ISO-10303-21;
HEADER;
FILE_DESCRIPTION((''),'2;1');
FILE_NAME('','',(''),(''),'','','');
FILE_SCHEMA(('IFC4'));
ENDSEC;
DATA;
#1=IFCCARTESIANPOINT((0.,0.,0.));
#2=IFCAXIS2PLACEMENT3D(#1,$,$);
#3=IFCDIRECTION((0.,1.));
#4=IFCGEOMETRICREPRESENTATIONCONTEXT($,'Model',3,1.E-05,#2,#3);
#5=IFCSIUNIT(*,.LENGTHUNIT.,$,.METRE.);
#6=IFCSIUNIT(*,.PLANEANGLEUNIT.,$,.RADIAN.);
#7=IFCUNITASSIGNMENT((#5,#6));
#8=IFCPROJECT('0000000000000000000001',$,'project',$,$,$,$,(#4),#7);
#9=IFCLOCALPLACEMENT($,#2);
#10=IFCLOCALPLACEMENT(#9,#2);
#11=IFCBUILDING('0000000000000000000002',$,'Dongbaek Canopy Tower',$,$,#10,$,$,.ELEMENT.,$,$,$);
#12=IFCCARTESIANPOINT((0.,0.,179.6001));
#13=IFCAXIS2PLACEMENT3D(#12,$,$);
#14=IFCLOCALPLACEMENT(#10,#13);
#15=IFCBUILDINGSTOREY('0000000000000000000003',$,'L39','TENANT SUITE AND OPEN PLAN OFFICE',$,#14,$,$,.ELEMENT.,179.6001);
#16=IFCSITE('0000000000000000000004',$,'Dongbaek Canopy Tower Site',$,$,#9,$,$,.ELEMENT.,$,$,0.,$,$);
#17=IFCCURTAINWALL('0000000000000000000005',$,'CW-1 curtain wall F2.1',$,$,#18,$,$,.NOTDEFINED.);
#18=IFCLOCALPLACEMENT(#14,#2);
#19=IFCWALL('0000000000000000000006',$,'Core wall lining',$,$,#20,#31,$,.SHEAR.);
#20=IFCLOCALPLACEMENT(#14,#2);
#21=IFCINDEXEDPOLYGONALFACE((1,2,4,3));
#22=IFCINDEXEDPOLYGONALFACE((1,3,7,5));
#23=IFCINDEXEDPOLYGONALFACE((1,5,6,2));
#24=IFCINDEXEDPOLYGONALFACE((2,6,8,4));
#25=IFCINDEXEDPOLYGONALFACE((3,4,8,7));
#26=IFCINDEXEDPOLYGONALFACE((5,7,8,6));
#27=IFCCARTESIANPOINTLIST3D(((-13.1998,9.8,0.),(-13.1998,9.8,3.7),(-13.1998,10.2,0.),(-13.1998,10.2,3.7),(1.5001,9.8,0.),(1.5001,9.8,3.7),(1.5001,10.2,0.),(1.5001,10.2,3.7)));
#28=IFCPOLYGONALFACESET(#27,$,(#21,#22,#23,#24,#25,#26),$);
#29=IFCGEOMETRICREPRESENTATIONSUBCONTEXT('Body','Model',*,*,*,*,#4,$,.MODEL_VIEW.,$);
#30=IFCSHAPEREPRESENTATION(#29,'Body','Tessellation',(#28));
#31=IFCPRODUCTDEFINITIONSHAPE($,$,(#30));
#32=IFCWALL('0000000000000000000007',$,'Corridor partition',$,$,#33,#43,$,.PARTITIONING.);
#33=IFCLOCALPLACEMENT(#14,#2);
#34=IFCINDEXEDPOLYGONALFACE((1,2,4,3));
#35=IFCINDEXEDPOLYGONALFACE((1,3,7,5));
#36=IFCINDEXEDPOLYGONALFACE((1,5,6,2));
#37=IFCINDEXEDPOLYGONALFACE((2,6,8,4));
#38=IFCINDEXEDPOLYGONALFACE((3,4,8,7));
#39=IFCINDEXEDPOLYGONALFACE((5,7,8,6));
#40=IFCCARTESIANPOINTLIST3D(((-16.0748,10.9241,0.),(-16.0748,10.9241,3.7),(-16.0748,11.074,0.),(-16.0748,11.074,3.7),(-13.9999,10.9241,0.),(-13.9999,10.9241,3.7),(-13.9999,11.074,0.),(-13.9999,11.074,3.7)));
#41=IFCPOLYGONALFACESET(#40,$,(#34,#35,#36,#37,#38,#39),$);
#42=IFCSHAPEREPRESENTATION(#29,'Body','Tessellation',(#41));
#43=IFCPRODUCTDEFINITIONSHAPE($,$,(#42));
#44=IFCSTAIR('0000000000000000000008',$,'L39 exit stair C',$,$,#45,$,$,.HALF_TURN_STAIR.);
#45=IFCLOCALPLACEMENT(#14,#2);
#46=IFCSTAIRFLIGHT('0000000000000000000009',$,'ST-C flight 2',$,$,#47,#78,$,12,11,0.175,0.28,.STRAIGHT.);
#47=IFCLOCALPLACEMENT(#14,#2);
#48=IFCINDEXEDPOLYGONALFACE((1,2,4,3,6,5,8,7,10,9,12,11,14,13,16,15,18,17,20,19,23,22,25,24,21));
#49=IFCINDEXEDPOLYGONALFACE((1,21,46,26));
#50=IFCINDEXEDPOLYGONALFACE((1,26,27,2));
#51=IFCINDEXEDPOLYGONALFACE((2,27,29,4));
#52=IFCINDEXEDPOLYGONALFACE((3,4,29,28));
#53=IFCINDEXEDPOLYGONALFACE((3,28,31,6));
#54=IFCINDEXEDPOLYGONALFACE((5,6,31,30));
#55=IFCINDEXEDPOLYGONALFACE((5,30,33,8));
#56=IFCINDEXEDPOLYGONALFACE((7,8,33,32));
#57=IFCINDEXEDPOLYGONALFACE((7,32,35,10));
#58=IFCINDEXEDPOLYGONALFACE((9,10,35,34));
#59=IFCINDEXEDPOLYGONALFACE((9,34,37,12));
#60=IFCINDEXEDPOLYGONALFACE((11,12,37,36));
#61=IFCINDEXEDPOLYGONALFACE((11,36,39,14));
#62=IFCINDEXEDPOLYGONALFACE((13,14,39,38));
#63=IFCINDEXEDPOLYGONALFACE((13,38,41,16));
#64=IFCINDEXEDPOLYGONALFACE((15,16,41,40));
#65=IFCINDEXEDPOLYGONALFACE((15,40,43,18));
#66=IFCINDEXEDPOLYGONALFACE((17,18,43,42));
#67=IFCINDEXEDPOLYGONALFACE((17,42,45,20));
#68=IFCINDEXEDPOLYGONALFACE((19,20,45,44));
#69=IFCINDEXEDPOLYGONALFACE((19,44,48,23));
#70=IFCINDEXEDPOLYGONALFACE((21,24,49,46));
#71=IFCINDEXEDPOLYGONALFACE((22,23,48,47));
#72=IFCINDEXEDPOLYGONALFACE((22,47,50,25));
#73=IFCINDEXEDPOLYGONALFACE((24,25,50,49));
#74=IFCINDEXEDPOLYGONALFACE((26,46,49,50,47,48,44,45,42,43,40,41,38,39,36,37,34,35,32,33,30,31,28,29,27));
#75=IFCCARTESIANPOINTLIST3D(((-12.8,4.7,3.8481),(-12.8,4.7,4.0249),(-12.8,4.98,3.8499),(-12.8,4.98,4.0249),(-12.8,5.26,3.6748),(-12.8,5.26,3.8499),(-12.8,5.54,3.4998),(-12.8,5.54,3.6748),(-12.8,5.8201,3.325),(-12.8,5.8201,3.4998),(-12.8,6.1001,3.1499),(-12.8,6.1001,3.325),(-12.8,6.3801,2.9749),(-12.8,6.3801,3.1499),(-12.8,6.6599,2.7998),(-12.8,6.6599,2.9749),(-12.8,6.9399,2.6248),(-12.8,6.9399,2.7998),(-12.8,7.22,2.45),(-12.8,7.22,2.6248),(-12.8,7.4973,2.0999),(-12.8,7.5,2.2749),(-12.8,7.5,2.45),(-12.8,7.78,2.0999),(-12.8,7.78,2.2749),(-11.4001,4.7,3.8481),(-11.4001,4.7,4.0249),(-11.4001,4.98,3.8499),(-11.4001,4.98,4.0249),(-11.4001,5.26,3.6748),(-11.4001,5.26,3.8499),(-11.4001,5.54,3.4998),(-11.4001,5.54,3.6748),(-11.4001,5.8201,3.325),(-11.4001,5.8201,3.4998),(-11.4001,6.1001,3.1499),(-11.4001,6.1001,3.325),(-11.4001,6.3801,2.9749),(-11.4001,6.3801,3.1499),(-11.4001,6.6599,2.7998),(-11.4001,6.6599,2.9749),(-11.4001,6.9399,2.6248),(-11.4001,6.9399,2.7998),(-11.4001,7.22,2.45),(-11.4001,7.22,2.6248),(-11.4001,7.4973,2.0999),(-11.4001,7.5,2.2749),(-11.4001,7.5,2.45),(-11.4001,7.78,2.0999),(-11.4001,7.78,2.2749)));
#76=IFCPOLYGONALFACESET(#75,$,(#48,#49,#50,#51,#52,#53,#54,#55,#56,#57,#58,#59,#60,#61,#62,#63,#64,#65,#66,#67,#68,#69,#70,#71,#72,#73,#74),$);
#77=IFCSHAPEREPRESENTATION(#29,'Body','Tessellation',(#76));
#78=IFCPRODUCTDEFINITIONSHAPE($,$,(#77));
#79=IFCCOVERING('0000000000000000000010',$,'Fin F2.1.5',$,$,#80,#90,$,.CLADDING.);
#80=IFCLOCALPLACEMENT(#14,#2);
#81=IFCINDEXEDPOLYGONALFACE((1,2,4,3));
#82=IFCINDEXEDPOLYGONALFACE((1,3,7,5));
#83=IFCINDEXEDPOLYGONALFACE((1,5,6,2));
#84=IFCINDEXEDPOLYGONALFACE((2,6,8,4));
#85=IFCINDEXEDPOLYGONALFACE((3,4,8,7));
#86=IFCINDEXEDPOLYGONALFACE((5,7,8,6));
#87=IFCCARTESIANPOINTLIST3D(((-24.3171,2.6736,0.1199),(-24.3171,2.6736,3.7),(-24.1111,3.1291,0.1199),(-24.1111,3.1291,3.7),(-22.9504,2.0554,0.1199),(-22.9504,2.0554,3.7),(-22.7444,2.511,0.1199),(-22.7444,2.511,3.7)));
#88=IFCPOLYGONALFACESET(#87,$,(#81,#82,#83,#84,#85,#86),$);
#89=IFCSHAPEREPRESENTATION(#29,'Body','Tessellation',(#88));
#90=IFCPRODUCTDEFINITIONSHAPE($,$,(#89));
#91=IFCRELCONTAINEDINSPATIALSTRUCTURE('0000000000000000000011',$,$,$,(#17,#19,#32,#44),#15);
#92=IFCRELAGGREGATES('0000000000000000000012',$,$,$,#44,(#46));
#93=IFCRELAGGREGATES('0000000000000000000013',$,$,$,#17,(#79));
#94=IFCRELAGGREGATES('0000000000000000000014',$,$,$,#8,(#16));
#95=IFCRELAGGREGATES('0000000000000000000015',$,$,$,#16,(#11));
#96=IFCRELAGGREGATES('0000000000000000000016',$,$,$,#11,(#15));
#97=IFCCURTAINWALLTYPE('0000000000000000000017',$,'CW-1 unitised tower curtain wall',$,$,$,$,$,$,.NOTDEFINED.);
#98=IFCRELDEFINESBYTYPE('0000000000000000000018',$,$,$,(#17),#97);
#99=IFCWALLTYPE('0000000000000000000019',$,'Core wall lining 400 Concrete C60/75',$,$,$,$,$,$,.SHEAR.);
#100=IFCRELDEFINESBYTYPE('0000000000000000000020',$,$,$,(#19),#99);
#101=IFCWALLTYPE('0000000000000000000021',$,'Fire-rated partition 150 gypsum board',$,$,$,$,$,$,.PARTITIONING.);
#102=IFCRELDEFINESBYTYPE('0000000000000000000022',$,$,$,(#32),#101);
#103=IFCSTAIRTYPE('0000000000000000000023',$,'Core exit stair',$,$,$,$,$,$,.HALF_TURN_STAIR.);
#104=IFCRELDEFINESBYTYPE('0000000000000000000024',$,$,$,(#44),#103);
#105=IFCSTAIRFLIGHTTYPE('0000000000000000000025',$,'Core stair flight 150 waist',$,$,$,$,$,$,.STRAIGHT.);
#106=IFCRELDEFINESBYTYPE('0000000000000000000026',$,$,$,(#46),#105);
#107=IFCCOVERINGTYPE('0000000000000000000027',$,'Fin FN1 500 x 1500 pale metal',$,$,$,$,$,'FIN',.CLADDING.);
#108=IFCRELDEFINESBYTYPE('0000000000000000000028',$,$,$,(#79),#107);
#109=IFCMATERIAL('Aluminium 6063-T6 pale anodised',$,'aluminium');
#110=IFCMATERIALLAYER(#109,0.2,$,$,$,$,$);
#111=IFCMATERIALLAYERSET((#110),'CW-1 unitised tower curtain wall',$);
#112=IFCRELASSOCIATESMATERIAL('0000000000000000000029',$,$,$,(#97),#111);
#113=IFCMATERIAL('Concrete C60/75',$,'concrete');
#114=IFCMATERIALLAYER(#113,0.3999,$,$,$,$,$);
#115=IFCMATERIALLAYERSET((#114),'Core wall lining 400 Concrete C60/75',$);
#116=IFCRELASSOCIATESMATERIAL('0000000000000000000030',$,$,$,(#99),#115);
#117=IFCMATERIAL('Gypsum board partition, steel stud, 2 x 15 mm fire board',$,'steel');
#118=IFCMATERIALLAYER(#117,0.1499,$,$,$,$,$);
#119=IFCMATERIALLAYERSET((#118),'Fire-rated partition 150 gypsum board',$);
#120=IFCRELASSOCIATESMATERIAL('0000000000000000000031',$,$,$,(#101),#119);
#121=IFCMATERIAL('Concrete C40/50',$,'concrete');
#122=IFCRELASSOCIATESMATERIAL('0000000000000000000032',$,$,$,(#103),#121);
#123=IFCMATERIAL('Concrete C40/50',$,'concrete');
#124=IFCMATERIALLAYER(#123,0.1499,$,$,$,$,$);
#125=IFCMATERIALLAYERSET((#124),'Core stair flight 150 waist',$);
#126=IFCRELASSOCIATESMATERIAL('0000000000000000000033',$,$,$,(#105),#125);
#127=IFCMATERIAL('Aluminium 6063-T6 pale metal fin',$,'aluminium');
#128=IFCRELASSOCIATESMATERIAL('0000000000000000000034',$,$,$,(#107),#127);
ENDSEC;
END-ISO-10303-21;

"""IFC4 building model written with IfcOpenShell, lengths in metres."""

from ifc_helpers import new_model, si_unit, direction, frame, frame_2d, origin, origin_2d, place, context, subcontext, project, spatial, polyline, rectangle, outline, extrude, material, layer, layer_set, material_profile, profile_set, type_object, element, aggregate, save


model = new_model("IFC4")

# Units and contexts
model_context = context("Model", 3, precision=1e-05, world=origin(), true_north=direction((0.0, 1.0)))
body_context = subcontext(model_context, "Body", "Model", "MODEL_VIEW")
ifc_project = project(units=[si_unit("LENGTHUNIT", "METRE"), si_unit("PLANEANGLEUNIT", "RADIAN")], contexts=[model_context])

# Site, building, storey
site_placement = place(None, origin())
site = spatial("IfcSite", under=ifc_project, at=site_placement, Name="Dongbaek Canopy Tower Site", CompositionType="ELEMENT", RefElevation=0.0)
building_placement = place(site_placement, origin())
building = spatial("IfcBuilding", under=site, at=building_placement, Name="Dongbaek Canopy Tower", CompositionType="ELEMENT")
storey_placement = place(building_placement, frame((0.0, 0.0, 179.6001)))
storey = spatial("IfcBuildingStorey", under=building, at=storey_placement, Name="L39", Description="TENANT SUITE AND OPEN PLAN OFFICE", CompositionType="ELEMENT", Elevation=179.6001)

# Curtain wall
ifc_material_1 = material(Name="Aluminium 6063-T6 pale anodised", Category="aluminium")
ifc_layer_1 = layer(ifc_material_1, 0.2)
ifc_layer_set_1 = layer_set([ifc_layer_1], Name="CW-1 unitised tower curtain wall")
curtain_wall_type = type_object("IfcCurtainWallType", Name="CW-1 unitised tower curtain wall", PredefinedType="NOTDEFINED", material=ifc_layer_set_1)
curtain_wall_placement = place(storey_placement, origin())
curtain_wall = element("IfcCurtainWall", 1, at=curtain_wall_placement, inside=storey, type_object=curtain_wall_type, Name="CW-1 curtain wall F2.1", PredefinedType="NOTDEFINED")

# Walls
ifc_material_2 = material(Name="Concrete C60/75", Category="concrete")
ifc_layer_2 = layer(ifc_material_2, 0.3999)
ifc_layer_set_2 = layer_set([ifc_layer_2], Name="Core wall lining 400 Concrete C60/75")
wall_type_1 = type_object("IfcWallType", Name="Core wall lining 400 Concrete C60/75", PredefinedType="SHEAR", material=ifc_layer_set_2)
wall_1_placement = place(storey_placement, frame((-13.2, 10.0, 0.0), z_axis=(0.0, 0.0, 1.0), x_axis=(1.0, 0.0, 0.0)))
element("IfcWall", 2, at=wall_1_placement, inside=storey, type_object=wall_type_1, Name="Core wall lining", PredefinedType="SHEAR", context=body_context, shape_type="SweptSolid", body=[
    extrude(rectangle(XDim=14.7, YDim=0.3999, at=frame_2d((7.3501, 0.0))), origin(), (0.0, 0.0, 1.0), 3.7),
])
ifc_material_3 = material(Name="Gypsum board partition, steel stud, 2 x 15 mm fire board", Category="steel")
ifc_layer_3 = layer(ifc_material_3, 0.1499)
ifc_layer_set_3 = layer_set([ifc_layer_3], Name="Fire-rated partition 150 gypsum board")
wall_type_2 = type_object("IfcWallType", Name="Fire-rated partition 150 gypsum board", PredefinedType="PARTITIONING", material=ifc_layer_set_3)
wall_2_placement = place(storey_placement, frame((-16.075, 10.999, 0.0), z_axis=(0.0, 0.0, 1.0), x_axis=(1.0, 0.0, 0.0)))
element("IfcWall", 3, at=wall_2_placement, inside=storey, type_object=wall_type_2, Name="Corridor partition", PredefinedType="PARTITIONING", context=body_context, shape_type="SweptSolid", body=[
    extrude(rectangle(XDim=2.075, YDim=0.1499, at=frame_2d((1.0376, 0.0))), origin(), (0.0, 0.0, 1.0), 3.7),
])

# Stair, stair flight
ifc_material_4 = material(Name="Concrete C40/50", Category="concrete")
stair_type = type_object("IfcStairType", Name="Core exit stair", PredefinedType="HALF_TURN_STAIR", material=ifc_material_4)
stair_placement = place(storey_placement, origin())
stair = element("IfcStair", 4, at=stair_placement, inside=storey, type_object=stair_type, Name="L39 exit stair C", PredefinedType="HALF_TURN_STAIR")
ifc_material_5 = material(Name="Concrete C40/50", Category="concrete")
ifc_layer_4 = layer(ifc_material_5, 0.1499)
ifc_layer_set_4 = layer_set([ifc_layer_4], Name="Core stair flight 150 waist")
stair_flight_type = type_object("IfcStairFlightType", Name="Core stair flight 150 waist", PredefinedType="STRAIGHT", material=ifc_layer_set_4)
stair_flight_placement = place(storey_placement, frame((-12.1001, 7.78, 2.0999), z_axis=(0.0, 0.0, 1.0), x_axis=(0.0, -1.0, 0.0)))
stair_flight = element("IfcStairFlight", 5, at=stair_flight_placement, type_object=stair_flight_type, Name="ST-C flight 2", NumberOfRisers=12, NumberOfTreads=11, PredefinedType="STRAIGHT", RiserHeight=0.175, TreadLength=0.28, context=body_context, shape_type="SweptSolid", body=[
    extrude(outline(polyline([(0.0, 0.0), (0.0, 0.175), (0.28, 0.175), (0.28, 0.3501), (0.5601, 0.3501), (0.5601, 0.5249), (0.8401, 0.5249), (0.8401, 0.7), (1.1201, 0.7), (1.1201, 0.875), (1.3999, 0.875), (1.3999, 1.05), (1.6799, 1.05), (1.6799, 1.2251), (1.96, 1.2251), (1.96, 1.3999), (2.24, 1.3999), (2.24, 1.575), (2.52, 1.575), (2.52, 1.75), (2.8, 1.75), (2.8, 1.925), (3.0801, 1.925), (3.0801, 2.1001), (3.0801, 1.7483), (0.2827, 0.0), (0.0, 0.0)])), frame((0.0, 0.7, 0.0), z_axis=(0.0, -1.0, 0.0), x_axis=(1.0, 0.0, 0.0)), (0.0, 0.0, 1.0), 1.3999),
])
aggregate(stair, [stair_flight])

# Covering
ifc_material_6 = material(Name="Aluminium 6063-T6 pale metal fin", Category="aluminium")
ifc_material_profile_1 = material_profile(ifc_material_6, rectangle(XDim=1.5, YDim=0.5, at=origin_2d()), Name="Fin FN1 500 x 1500 pale metal")
ifc_profile_set_1 = profile_set([ifc_material_profile_1], Name="Aluminium 6063-T6 pale metal fin")
covering_type = type_object("IfcCoveringType", Name="Fin FN1 500 x 1500 pale metal", ElementType="FIN", PredefinedType="CLADDING", material=ifc_profile_set_1)
covering_placement = place(storey_placement, frame((-23.5308, 2.5923, 0.1199), z_axis=(0.0, 0.0, 1.0), x_axis=(-0.911148, 0.41208, 0.0)))
covering = element("IfcCovering", 6, at=covering_placement, type_object=covering_type, Name="Fin F2.1.5", PredefinedType="CLADDING", context=body_context, shape_type="SweptSolid", body=[
    extrude(rectangle(XDim=1.5, YDim=0.5, at=origin_2d()), origin(), (0.0, 0.0, 1.0), 3.5801),
])
aggregate(curtain_wall, [covering])

save(model, "model.ifc")
